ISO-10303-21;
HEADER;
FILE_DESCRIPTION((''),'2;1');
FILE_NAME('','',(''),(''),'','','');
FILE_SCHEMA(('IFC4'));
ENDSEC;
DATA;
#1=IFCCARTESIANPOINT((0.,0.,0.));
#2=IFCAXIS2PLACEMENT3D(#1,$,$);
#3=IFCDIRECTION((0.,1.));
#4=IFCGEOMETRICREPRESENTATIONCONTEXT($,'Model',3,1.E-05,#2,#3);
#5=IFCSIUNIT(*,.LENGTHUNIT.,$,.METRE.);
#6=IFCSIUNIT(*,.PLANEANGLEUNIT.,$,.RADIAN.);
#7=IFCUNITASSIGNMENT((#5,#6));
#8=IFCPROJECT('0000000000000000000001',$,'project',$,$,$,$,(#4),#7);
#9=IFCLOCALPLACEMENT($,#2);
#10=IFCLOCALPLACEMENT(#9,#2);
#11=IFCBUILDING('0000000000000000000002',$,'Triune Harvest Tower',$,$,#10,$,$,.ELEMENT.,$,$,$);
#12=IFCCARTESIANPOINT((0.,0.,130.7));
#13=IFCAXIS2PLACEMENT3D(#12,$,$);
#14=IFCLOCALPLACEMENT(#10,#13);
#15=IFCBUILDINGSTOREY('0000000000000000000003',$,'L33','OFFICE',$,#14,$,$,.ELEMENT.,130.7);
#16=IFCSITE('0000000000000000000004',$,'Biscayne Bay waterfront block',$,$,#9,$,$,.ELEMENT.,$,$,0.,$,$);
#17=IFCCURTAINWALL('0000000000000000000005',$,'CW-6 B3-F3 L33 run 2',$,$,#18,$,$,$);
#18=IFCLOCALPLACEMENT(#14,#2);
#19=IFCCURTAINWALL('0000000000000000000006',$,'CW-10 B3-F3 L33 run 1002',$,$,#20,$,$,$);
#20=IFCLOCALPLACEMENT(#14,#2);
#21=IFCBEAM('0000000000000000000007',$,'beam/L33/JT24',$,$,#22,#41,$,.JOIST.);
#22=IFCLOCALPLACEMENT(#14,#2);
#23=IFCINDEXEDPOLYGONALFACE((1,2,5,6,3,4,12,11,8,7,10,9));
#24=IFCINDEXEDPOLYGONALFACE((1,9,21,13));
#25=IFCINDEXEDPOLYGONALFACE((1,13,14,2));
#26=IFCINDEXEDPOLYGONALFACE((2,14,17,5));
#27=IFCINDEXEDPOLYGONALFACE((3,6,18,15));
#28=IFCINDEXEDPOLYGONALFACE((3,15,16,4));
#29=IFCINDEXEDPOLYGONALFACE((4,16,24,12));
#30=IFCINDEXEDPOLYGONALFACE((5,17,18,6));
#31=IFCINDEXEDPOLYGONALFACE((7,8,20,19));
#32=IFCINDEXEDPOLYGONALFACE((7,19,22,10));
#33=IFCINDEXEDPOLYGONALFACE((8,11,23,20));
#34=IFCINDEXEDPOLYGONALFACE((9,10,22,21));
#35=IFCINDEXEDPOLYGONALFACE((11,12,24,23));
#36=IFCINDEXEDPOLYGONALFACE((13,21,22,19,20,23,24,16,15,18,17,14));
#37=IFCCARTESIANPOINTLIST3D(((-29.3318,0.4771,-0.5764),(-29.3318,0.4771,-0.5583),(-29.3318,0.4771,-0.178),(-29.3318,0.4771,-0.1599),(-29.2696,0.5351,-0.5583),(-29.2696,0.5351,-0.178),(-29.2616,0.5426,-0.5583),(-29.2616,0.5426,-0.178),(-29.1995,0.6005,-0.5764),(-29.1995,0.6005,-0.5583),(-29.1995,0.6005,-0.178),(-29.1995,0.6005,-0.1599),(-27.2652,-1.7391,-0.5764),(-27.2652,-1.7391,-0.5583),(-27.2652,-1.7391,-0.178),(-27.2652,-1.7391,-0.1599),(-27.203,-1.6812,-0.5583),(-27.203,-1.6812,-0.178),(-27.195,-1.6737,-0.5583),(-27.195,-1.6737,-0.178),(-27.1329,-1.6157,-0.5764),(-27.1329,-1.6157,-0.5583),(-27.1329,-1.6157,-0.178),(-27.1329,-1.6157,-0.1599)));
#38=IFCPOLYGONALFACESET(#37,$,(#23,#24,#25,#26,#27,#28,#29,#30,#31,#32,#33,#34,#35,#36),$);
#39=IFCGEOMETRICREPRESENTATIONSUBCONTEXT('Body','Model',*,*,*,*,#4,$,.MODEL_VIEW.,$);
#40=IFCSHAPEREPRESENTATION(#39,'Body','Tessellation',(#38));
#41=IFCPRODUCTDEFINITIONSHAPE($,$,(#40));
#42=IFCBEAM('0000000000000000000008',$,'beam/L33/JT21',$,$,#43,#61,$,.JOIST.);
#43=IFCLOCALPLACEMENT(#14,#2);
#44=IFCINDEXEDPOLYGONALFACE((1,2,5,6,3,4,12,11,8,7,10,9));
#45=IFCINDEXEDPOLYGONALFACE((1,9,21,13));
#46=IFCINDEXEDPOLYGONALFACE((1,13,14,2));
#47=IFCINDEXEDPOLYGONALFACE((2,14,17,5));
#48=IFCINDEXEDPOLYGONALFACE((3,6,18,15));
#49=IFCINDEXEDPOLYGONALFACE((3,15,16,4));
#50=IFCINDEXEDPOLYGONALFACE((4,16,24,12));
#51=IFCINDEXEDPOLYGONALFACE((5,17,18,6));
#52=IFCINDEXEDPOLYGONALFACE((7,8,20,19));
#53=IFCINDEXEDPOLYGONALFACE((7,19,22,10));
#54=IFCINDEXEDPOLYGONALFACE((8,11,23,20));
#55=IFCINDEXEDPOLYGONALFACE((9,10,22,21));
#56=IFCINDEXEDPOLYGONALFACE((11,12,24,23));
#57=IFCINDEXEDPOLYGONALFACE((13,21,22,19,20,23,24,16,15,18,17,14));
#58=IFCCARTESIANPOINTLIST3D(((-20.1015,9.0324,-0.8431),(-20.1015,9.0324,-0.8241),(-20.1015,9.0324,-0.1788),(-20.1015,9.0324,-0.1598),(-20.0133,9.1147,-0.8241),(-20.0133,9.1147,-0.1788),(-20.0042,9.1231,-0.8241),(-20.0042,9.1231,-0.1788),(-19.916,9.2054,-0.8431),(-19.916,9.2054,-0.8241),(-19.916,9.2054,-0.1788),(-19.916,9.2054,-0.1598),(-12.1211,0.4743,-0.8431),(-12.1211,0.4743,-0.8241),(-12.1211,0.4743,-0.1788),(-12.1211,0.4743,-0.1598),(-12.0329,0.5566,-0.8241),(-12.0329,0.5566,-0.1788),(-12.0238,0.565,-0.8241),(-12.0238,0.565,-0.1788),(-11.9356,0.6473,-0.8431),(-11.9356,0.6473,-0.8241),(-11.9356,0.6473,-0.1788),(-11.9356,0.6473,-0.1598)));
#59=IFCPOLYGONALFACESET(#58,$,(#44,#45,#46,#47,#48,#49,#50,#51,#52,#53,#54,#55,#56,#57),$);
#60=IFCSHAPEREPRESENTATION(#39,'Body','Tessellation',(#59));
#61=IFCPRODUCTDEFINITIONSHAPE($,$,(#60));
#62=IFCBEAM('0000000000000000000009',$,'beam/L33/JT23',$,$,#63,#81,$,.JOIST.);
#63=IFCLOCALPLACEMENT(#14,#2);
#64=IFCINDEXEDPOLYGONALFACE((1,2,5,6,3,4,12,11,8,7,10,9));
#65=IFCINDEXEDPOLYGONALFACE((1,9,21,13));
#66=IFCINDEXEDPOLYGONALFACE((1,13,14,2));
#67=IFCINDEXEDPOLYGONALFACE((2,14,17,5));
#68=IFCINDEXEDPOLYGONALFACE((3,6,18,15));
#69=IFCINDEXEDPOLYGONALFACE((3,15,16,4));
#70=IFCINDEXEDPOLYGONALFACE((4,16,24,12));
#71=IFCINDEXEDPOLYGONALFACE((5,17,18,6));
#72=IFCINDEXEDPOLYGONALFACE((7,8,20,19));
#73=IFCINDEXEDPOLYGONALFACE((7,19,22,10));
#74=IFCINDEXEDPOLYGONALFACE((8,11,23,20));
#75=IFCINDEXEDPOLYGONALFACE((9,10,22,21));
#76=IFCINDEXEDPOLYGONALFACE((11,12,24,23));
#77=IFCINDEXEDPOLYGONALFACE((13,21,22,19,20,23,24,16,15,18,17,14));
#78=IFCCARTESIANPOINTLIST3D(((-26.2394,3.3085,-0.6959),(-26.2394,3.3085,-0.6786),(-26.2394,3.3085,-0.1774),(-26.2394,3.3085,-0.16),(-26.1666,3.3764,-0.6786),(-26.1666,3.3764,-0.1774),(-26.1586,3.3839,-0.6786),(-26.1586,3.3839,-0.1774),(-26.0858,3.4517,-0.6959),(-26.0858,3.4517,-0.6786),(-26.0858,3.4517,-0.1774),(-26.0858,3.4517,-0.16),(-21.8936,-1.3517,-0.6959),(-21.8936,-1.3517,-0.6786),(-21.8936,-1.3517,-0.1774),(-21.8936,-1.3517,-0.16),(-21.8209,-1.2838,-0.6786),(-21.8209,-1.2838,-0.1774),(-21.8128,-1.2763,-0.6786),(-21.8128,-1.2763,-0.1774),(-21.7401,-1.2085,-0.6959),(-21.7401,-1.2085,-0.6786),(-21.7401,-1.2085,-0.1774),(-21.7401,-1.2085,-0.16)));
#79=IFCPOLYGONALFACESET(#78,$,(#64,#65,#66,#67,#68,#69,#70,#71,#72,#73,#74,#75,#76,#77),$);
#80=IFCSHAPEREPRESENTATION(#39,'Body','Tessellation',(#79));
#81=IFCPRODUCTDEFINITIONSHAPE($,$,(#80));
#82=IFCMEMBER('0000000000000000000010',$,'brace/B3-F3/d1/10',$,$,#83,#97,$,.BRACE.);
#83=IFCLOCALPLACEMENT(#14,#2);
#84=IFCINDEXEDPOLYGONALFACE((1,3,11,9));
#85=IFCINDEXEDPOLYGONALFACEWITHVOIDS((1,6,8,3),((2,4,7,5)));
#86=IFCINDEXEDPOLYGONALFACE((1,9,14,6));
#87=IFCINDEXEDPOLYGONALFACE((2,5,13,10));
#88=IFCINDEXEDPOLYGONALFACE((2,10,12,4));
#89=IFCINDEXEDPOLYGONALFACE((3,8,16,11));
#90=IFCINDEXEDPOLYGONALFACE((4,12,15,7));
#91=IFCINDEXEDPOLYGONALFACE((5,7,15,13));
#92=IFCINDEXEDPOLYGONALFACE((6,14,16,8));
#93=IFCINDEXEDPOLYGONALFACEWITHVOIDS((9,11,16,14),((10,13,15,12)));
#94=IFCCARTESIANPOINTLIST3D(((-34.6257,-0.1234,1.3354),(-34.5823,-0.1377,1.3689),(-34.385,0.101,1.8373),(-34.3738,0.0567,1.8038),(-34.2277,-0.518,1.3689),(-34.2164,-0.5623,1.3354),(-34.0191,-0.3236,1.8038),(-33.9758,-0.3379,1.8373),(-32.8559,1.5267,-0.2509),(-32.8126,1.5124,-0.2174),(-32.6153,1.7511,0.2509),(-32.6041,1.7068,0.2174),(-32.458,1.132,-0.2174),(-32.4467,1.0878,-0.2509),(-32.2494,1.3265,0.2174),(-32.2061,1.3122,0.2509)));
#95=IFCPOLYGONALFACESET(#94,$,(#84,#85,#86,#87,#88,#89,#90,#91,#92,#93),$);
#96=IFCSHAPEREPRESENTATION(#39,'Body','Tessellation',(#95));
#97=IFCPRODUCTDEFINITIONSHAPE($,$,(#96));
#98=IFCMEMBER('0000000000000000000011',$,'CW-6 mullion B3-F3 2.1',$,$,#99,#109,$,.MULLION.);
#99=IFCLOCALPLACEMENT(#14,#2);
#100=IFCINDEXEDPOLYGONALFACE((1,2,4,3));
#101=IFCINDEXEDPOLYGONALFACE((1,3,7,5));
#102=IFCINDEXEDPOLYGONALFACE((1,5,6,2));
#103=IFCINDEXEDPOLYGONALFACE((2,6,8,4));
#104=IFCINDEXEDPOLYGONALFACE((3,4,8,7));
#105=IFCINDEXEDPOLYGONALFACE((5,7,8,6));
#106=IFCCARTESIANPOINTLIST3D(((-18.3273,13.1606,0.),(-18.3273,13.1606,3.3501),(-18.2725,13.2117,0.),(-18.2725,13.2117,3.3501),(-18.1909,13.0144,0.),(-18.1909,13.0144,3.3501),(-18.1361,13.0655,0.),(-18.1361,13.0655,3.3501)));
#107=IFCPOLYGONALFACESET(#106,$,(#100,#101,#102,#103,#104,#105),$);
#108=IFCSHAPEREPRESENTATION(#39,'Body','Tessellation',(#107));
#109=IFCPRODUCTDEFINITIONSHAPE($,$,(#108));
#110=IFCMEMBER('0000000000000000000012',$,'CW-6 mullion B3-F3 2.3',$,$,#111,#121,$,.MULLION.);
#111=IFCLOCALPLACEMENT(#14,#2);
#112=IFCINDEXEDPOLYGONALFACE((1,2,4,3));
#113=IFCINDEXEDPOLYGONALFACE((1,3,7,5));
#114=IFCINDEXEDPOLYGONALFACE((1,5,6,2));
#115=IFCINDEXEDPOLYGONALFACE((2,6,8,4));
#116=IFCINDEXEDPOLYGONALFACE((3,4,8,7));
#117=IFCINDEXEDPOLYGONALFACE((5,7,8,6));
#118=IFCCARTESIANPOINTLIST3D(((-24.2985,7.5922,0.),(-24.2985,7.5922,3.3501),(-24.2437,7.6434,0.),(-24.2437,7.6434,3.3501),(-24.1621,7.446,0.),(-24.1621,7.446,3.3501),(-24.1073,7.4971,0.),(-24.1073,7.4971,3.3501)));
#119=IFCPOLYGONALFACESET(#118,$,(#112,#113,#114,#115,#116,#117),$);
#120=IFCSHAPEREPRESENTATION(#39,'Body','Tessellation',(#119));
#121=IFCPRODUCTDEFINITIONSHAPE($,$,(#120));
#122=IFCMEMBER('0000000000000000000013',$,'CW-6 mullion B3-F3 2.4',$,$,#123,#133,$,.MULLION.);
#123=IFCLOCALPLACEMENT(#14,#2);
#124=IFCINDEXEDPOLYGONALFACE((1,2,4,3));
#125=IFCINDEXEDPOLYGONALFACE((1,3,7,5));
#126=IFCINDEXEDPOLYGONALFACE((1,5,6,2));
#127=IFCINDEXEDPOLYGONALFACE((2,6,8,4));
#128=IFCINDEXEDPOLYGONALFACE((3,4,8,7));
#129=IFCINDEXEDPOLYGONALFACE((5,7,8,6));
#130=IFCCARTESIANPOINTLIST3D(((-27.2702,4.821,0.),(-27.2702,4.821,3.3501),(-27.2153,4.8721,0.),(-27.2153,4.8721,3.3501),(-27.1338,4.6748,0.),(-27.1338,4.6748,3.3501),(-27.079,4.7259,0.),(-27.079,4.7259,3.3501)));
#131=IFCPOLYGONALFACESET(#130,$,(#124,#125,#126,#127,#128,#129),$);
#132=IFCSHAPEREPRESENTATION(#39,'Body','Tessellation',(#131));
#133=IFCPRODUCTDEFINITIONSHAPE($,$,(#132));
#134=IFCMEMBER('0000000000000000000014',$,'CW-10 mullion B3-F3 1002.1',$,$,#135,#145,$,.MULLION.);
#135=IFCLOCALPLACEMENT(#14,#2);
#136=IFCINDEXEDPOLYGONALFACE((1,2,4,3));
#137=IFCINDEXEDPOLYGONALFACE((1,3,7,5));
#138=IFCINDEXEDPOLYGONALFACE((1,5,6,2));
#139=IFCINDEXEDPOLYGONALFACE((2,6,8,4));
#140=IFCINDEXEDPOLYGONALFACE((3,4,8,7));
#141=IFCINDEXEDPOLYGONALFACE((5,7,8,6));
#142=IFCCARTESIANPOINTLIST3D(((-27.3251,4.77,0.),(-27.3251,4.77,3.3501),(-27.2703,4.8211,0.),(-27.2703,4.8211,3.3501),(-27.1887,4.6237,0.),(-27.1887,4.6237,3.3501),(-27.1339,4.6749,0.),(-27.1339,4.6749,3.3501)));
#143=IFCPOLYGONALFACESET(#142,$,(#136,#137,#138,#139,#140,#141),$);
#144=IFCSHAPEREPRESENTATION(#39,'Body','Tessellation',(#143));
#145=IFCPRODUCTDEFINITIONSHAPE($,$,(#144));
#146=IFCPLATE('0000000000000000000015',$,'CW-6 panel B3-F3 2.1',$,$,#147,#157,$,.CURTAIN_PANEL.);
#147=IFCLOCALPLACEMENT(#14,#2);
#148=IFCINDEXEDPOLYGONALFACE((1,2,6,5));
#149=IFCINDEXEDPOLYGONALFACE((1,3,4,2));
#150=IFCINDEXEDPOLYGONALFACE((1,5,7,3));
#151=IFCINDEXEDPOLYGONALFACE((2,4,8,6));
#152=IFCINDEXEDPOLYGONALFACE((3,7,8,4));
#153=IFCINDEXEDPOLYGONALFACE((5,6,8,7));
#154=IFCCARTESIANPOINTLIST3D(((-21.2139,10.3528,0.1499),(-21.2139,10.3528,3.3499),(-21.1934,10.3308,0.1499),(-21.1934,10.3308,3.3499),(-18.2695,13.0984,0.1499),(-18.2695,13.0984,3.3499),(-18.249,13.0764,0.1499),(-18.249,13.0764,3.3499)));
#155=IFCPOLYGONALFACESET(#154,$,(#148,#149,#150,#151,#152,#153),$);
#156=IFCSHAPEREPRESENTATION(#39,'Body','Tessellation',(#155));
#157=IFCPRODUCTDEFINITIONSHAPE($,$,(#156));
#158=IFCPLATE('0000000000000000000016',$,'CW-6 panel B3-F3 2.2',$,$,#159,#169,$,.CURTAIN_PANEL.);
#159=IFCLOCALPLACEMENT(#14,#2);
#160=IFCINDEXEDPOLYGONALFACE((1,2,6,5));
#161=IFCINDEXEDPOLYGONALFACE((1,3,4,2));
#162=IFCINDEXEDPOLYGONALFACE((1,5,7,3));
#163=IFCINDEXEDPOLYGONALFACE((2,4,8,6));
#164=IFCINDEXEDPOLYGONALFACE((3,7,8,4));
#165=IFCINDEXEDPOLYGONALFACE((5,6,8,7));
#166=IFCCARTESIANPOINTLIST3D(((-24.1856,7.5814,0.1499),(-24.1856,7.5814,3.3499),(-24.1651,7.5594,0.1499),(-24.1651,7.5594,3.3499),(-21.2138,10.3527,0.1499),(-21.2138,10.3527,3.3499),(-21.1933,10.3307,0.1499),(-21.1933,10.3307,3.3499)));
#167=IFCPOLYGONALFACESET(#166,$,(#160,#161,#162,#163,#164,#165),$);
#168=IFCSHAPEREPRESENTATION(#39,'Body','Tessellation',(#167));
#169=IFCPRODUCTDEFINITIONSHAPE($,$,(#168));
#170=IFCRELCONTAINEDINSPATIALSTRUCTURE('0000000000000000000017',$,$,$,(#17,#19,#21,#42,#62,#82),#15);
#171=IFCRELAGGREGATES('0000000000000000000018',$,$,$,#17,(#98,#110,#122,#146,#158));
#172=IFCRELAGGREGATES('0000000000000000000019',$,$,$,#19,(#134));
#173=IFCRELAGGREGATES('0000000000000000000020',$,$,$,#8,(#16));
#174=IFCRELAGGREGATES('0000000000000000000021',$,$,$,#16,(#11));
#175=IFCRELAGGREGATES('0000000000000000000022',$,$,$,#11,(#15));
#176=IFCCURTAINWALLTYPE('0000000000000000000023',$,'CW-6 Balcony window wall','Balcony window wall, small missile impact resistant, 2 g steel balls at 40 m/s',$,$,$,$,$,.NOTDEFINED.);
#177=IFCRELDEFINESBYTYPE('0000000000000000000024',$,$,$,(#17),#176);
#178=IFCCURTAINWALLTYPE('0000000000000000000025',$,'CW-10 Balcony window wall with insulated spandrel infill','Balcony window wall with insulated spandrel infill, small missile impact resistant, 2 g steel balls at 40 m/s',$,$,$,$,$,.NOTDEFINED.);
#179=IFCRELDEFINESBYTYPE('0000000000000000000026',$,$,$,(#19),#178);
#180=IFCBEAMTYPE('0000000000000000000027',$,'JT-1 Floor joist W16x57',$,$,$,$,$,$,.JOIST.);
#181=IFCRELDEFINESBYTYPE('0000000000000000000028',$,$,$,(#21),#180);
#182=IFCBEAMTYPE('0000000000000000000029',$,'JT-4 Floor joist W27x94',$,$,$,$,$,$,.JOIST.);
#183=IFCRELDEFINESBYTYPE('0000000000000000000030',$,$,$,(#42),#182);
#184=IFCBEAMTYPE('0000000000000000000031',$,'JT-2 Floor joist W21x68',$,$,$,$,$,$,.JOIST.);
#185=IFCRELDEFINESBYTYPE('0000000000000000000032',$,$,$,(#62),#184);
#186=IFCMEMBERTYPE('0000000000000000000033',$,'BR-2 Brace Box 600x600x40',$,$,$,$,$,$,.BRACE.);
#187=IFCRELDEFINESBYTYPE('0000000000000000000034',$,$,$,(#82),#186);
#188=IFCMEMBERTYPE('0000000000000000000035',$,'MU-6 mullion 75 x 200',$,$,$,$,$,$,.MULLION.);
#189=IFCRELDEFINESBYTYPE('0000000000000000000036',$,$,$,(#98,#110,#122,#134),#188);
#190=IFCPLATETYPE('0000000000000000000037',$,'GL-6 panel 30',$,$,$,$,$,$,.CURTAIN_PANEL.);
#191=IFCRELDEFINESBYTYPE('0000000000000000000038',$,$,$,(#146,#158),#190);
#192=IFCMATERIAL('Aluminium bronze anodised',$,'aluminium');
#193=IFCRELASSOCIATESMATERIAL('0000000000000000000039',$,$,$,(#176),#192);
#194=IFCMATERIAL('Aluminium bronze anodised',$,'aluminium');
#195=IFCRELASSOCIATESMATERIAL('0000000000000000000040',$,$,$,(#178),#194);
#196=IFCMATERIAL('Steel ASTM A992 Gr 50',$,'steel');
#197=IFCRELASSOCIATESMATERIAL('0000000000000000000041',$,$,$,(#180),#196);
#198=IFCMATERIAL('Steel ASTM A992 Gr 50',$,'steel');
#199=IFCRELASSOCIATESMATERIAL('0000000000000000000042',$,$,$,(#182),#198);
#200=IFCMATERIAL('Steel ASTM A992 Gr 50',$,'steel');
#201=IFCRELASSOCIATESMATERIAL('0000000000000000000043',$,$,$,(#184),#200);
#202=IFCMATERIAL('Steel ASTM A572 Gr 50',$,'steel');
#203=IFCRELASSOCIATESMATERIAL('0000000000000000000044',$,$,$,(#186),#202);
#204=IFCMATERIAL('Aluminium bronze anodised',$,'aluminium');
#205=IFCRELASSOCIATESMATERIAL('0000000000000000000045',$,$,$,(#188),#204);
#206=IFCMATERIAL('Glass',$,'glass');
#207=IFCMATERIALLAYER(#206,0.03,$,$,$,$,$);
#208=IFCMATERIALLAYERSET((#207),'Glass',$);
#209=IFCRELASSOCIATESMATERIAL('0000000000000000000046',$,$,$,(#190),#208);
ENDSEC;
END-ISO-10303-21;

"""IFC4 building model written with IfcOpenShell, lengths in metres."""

from ifc_helpers import new_model, si_unit, direction, frame, origin, origin_2d, place, context, subcontext, project, spatial, rectangle, hollow_rectangle, i_section, extrude, source, transform, mapped, material, layer, layer_set, material_profile, profile_set, type_object, element, aggregate, save


model = new_model("IFC4")

# Units and contexts
model_context = context("Model", 3, precision=1e-05, world=origin(), true_north=direction((0.0, 1.0)))
body_context = subcontext(model_context, "Body", "Model", "MODEL_VIEW")
ifc_project = project(units=[si_unit("LENGTHUNIT", "METRE"), si_unit("PLANEANGLEUNIT", "RADIAN")], contexts=[model_context])

# Site, building, storey
site_placement = place(None, origin())
site = spatial("IfcSite", under=ifc_project, at=site_placement, Name="Biscayne Bay waterfront block", CompositionType="ELEMENT", RefElevation=0.0)
building_placement = place(site_placement, origin())
building = spatial("IfcBuilding", under=site, at=building_placement, Name="Triune Harvest Tower", CompositionType="ELEMENT")
storey_placement = place(building_placement, frame((0.0, 0.0, 130.7)))
storey = spatial("IfcBuildingStorey", under=building, at=storey_placement, Name="L33", Description="OFFICE", CompositionType="ELEMENT", Elevation=130.7)

# Curtain wall
ifc_material_1 = material(Name="Aluminium bronze anodised", Category="aluminium")
curtain_wall_type_1 = type_object("IfcCurtainWallType", Name="CW-6 Balcony window wall", Description="Balcony window wall, small missile impact resistant, 2 g steel balls at 40 m/s", PredefinedType="NOTDEFINED", material=ifc_material_1)
curtain_wall_1_placement = place(storey_placement, origin())
curtain_wall_1 = element("IfcCurtainWall", 1, at=curtain_wall_1_placement, inside=storey, type_object=curtain_wall_type_1, Name="CW-6 B3-F3 L33 run 2")

# Curtain wall
ifc_material_2 = material(Name="Aluminium bronze anodised", Category="aluminium")
curtain_wall_type_2 = type_object("IfcCurtainWallType", Name="CW-10 Balcony window wall with insulated spandrel infill", Description="Balcony window wall with insulated spandrel infill, small missile impact resistant, 2 g steel balls at 40 m/s", PredefinedType="NOTDEFINED", material=ifc_material_2)
curtain_wall_2_placement = place(storey_placement, origin())
curtain_wall_2 = element("IfcCurtainWall", 2, at=curtain_wall_2_placement, inside=storey, type_object=curtain_wall_type_2, Name="CW-10 B3-F3 L33 run 1002")

# Beams
ifc_material_3 = material(Name="Steel ASTM A992 Gr 50", Category="steel")
ifc_material_profile_1 = material_profile(ifc_material_3, i_section(OverallWidth=0.1809, OverallDepth=0.4165, WebThickness=0.011, FlangeThickness=0.0181, at=origin_2d()), Name="W16x57")
ifc_profile_set_1 = profile_set([ifc_material_profile_1], Name="Steel ASTM A992 Gr 50")
beam_type_1 = type_object("IfcBeamType", Name="JT-1 Floor joist W16x57", PredefinedType="JOIST", material=ifc_profile_set_1)
shared_shape_1 = source(origin(), body_context, "Body", "SweptSolid", [
    extrude(i_section(OverallWidth=0.1809, OverallDepth=0.4165, WebThickness=0.011, FlangeThickness=0.0181, at=origin_2d()), origin(), (0.0, 0.0, 1.0), 3.0303),
])
beam_1_placement = place(storey_placement, frame((-29.2656, 0.5388, -0.3682), z_axis=(0.681982, -0.731369, 0.0), x_axis=(0.731369, 0.681982, 0.0)))
element("IfcBeam", 3, at=beam_1_placement, inside=storey, type_object=beam_type_1, Name="beam/L33/JT24", PredefinedType="JOIST", context=body_context, shape_type="MappedRepresentation", body=[
    mapped(shared_shape_1, transform((0.0, 0.0, 0.0), scale=1.0)),
])
ifc_material_4 = material(Name="Steel ASTM A992 Gr 50", Category="steel")
ifc_material_profile_2 = material_profile(ifc_material_4, i_section(OverallWidth=0.2537, OverallDepth=0.6833, WebThickness=0.0125, FlangeThickness=0.019, at=origin_2d()), Name="W27x94")
ifc_profile_set_2 = profile_set([ifc_material_profile_2], Name="Steel ASTM A992 Gr 50")
beam_type_2 = type_object("IfcBeamType", Name="JT-4 Floor joist W27x94", PredefinedType="JOIST", material=ifc_profile_set_2)
shared_shape_2 = source(origin(), body_context, "Body", "SweptSolid", [
    extrude(i_section(OverallWidth=0.2537, OverallDepth=0.6833, WebThickness=0.0125, FlangeThickness=0.019, at=origin_2d()), origin(), (0.0, 0.0, 1.0), 11.7017),
])
beam_2_placement = place(storey_placement, frame((-20.0088, 9.1189, -0.5015), z_axis=(0.681994, -0.731358, 0.0), x_axis=(0.731358, 0.681994, 0.0)))
element("IfcBeam", 4, at=beam_2_placement, inside=storey, type_object=beam_type_2, Name="beam/L33/JT21", PredefinedType="JOIST", context=body_context, shape_type="MappedRepresentation", body=[
    mapped(shared_shape_2, transform((0.0, 0.0, 0.0), scale=1.0)),
])
ifc_material_5 = material(Name="Steel ASTM A992 Gr 50", Category="steel")
ifc_material_profile_3 = material_profile(ifc_material_5, i_section(OverallWidth=0.21, OverallDepth=0.5359, WebThickness=0.011, FlangeThickness=0.0173, at=origin_2d()), Name="W21x68")
ifc_profile_set_3 = profile_set([ifc_material_profile_3], Name="Steel ASTM A992 Gr 50")
beam_type_3 = type_object("IfcBeamType", Name="JT-2 Floor joist W21x68", PredefinedType="JOIST", material=ifc_profile_set_3)
shared_shape_3 = source(origin(), body_context, "Body", "SweptSolid", [
    extrude(i_section(OverallWidth=0.21, OverallDepth=0.5359, WebThickness=0.011, FlangeThickness=0.0173, at=origin_2d()), origin(), (0.0, 0.0, 1.0), 6.3721),
])
beam_3_placement = place(storey_placement, frame((-26.1626, 3.3801, -0.428), z_axis=(0.682001, -0.731351, 0.0), x_axis=(0.731351, 0.682001, 0.0)))
element("IfcBeam", 5, at=beam_3_placement, inside=storey, type_object=beam_type_3, Name="beam/L33/JT23", PredefinedType="JOIST", context=body_context, shape_type="MappedRepresentation", body=[
    mapped(shared_shape_3, transform((0.0, 0.0, 0.0), scale=1.0)),
])

# Members
ifc_material_6 = material(Name="Steel ASTM A572 Gr 50", Category="steel")
ifc_material_profile_4 = material_profile(ifc_material_6, hollow_rectangle(XDim=0.6001, YDim=0.6001, WallThickness=0.04, at=origin_2d()), Name="Box 600x600x40")
ifc_profile_set_4 = profile_set([ifc_material_profile_4], Name="Steel ASTM A572 Gr 50")
member_type_1 = type_object("IfcMemberType", Name="BR-2 Brace Box 600x600x40", PredefinedType="BRACE", material=ifc_profile_set_4)
shared_shape_4 = source(origin(), body_context, "Body", "SweptSolid", [
    extrude(hollow_rectangle(XDim=0.6001, YDim=0.6001, WallThickness=0.04, at=origin_2d()), origin(), (0.0, 0.0, 1.0), 2.8933),
])
member_1_placement = place(storey_placement, frame((-32.531, 1.4194, 0.0), z_axis=(-0.611657, -0.570312, 0.548289), x_axis=(0.681955, -0.731394, 0.0)))
element("IfcMember", 6, at=member_1_placement, inside=storey, type_object=member_type_1, Name="brace/B3-F3/d1/10", PredefinedType="BRACE", context=body_context, shape_type="MappedRepresentation", body=[
    mapped(shared_shape_4, transform((0.0, 0.0, 0.0), scale=1.0)),
])
ifc_material_7 = material(Name="Aluminium bronze anodised", Category="aluminium")
ifc_material_profile_5 = material_profile(ifc_material_7, rectangle(XDim=0.2, YDim=0.075, at=origin_2d()), Name="MU-6 mullion 75 x 200")
ifc_profile_set_5 = profile_set([ifc_material_profile_5], Name="Aluminium bronze anodised")
member_type_2 = type_object("IfcMemberType", Name="MU-6 mullion 75 x 200", PredefinedType="MULLION", material=ifc_profile_set_5)
shared_shape_5 = source(origin(), body_context, "Body", "SweptSolid", [
    extrude(rectangle(XDim=0.2, YDim=0.075, at=origin_2d()), origin(), (0.0, 0.0, 1.0), 3.3501),
])
member_2_placement = place(storey_placement, frame((-18.2317, 13.113, 0.0), z_axis=(0.0, 0.0, 1.0), x_axis=(0.681999, -0.731353, 0.0)))
member_2 = element("IfcMember", 7, at=member_2_placement, type_object=member_type_2, Name="CW-6 mullion B3-F3 2.1", PredefinedType="MULLION", context=body_context, shape_type="MappedRepresentation", body=[
    mapped(shared_shape_5, transform((0.0, 0.0, 0.0), scale=1.0)),
])
member_3_placement = place(storey_placement, frame((-24.2029, 7.5447, 0.0), z_axis=(0.0, 0.0, 1.0), x_axis=(0.681999, -0.731353, 0.0)))
member_3 = element("IfcMember", 8, at=member_3_placement, type_object=member_type_2, Name="CW-6 mullion B3-F3 2.3", PredefinedType="MULLION", context=body_context, shape_type="MappedRepresentation", body=[
    mapped(shared_shape_5, transform((0.0, 0.0, 0.0), scale=1.0)),
])
member_4_placement = place(storey_placement, frame((-27.1746, 4.7734, 0.0), z_axis=(0.0, 0.0, 1.0), x_axis=(0.681999, -0.731353, 0.0)))
member_4 = element("IfcMember", 9, at=member_4_placement, type_object=member_type_2, Name="CW-6 mullion B3-F3 2.4", PredefinedType="MULLION", context=body_context, shape_type="MappedRepresentation", body=[
    mapped(shared_shape_5, transform((0.0, 0.0, 0.0), scale=1.0)),
])
member_5_placement = place(storey_placement, frame((-27.2295, 4.7224, 0.0), z_axis=(0.0, 0.0, 1.0), x_axis=(0.681999, -0.731353, 0.0)))
member_5 = element("IfcMember", 10, at=member_5_placement, type_object=member_type_2, Name="CW-10 mullion B3-F3 1002.1", PredefinedType="MULLION", context=body_context, shape_type="MappedRepresentation", body=[
    mapped(shared_shape_5, transform((0.0, 0.0, 0.0), scale=1.0)),
])

# Plates
ifc_material_8 = material(Name="Glass", Category="glass")
ifc_layer_1 = layer(ifc_material_8, 0.03)
ifc_layer_set_1 = layer_set([ifc_layer_1], Name="Glass")
plate_type_1 = type_object("IfcPlateType", Name="GL-6 panel 30", PredefinedType="CURTAIN_PANEL", material=ifc_layer_set_1)
plate_1_placement = place(storey_placement, frame((-19.7314, 11.7146, 0.1499), z_axis=(0.0, 0.0, 1.0), x_axis=(-0.731353, -0.681999, 0.0)))
plate_1 = element("IfcPlate", 11, at=plate_1_placement, type_object=plate_type_1, Name="CW-6 panel B3-F3 2.1", PredefinedType="CURTAIN_PANEL", context=body_context, shape_type="SweptSolid", body=[
    extrude(rectangle(XDim=4.0259, YDim=0.03, at=origin_2d()), origin(), (0.0, 0.0, 1.0), 3.2),
])
plate_2_placement = place(storey_placement, frame((-22.6895, 8.9561, 0.1499), z_axis=(0.0, 0.0, 1.0), x_axis=(-0.731353, -0.681999, 0.0)))
plate_2 = element("IfcPlate", 12, at=plate_2_placement, type_object=plate_type_1, Name="CW-6 panel B3-F3 2.2", PredefinedType="CURTAIN_PANEL", context=body_context, shape_type="SweptSolid", body=[
    extrude(rectangle(XDim=4.0635, YDim=0.03, at=origin_2d()), origin(), (0.0, 0.0, 1.0), 3.2),
])
aggregate(curtain_wall_1, [member_2, member_3, member_4, plate_1, plate_2])
aggregate(curtain_wall_2, [member_5])

save(model, "model.ifc")
